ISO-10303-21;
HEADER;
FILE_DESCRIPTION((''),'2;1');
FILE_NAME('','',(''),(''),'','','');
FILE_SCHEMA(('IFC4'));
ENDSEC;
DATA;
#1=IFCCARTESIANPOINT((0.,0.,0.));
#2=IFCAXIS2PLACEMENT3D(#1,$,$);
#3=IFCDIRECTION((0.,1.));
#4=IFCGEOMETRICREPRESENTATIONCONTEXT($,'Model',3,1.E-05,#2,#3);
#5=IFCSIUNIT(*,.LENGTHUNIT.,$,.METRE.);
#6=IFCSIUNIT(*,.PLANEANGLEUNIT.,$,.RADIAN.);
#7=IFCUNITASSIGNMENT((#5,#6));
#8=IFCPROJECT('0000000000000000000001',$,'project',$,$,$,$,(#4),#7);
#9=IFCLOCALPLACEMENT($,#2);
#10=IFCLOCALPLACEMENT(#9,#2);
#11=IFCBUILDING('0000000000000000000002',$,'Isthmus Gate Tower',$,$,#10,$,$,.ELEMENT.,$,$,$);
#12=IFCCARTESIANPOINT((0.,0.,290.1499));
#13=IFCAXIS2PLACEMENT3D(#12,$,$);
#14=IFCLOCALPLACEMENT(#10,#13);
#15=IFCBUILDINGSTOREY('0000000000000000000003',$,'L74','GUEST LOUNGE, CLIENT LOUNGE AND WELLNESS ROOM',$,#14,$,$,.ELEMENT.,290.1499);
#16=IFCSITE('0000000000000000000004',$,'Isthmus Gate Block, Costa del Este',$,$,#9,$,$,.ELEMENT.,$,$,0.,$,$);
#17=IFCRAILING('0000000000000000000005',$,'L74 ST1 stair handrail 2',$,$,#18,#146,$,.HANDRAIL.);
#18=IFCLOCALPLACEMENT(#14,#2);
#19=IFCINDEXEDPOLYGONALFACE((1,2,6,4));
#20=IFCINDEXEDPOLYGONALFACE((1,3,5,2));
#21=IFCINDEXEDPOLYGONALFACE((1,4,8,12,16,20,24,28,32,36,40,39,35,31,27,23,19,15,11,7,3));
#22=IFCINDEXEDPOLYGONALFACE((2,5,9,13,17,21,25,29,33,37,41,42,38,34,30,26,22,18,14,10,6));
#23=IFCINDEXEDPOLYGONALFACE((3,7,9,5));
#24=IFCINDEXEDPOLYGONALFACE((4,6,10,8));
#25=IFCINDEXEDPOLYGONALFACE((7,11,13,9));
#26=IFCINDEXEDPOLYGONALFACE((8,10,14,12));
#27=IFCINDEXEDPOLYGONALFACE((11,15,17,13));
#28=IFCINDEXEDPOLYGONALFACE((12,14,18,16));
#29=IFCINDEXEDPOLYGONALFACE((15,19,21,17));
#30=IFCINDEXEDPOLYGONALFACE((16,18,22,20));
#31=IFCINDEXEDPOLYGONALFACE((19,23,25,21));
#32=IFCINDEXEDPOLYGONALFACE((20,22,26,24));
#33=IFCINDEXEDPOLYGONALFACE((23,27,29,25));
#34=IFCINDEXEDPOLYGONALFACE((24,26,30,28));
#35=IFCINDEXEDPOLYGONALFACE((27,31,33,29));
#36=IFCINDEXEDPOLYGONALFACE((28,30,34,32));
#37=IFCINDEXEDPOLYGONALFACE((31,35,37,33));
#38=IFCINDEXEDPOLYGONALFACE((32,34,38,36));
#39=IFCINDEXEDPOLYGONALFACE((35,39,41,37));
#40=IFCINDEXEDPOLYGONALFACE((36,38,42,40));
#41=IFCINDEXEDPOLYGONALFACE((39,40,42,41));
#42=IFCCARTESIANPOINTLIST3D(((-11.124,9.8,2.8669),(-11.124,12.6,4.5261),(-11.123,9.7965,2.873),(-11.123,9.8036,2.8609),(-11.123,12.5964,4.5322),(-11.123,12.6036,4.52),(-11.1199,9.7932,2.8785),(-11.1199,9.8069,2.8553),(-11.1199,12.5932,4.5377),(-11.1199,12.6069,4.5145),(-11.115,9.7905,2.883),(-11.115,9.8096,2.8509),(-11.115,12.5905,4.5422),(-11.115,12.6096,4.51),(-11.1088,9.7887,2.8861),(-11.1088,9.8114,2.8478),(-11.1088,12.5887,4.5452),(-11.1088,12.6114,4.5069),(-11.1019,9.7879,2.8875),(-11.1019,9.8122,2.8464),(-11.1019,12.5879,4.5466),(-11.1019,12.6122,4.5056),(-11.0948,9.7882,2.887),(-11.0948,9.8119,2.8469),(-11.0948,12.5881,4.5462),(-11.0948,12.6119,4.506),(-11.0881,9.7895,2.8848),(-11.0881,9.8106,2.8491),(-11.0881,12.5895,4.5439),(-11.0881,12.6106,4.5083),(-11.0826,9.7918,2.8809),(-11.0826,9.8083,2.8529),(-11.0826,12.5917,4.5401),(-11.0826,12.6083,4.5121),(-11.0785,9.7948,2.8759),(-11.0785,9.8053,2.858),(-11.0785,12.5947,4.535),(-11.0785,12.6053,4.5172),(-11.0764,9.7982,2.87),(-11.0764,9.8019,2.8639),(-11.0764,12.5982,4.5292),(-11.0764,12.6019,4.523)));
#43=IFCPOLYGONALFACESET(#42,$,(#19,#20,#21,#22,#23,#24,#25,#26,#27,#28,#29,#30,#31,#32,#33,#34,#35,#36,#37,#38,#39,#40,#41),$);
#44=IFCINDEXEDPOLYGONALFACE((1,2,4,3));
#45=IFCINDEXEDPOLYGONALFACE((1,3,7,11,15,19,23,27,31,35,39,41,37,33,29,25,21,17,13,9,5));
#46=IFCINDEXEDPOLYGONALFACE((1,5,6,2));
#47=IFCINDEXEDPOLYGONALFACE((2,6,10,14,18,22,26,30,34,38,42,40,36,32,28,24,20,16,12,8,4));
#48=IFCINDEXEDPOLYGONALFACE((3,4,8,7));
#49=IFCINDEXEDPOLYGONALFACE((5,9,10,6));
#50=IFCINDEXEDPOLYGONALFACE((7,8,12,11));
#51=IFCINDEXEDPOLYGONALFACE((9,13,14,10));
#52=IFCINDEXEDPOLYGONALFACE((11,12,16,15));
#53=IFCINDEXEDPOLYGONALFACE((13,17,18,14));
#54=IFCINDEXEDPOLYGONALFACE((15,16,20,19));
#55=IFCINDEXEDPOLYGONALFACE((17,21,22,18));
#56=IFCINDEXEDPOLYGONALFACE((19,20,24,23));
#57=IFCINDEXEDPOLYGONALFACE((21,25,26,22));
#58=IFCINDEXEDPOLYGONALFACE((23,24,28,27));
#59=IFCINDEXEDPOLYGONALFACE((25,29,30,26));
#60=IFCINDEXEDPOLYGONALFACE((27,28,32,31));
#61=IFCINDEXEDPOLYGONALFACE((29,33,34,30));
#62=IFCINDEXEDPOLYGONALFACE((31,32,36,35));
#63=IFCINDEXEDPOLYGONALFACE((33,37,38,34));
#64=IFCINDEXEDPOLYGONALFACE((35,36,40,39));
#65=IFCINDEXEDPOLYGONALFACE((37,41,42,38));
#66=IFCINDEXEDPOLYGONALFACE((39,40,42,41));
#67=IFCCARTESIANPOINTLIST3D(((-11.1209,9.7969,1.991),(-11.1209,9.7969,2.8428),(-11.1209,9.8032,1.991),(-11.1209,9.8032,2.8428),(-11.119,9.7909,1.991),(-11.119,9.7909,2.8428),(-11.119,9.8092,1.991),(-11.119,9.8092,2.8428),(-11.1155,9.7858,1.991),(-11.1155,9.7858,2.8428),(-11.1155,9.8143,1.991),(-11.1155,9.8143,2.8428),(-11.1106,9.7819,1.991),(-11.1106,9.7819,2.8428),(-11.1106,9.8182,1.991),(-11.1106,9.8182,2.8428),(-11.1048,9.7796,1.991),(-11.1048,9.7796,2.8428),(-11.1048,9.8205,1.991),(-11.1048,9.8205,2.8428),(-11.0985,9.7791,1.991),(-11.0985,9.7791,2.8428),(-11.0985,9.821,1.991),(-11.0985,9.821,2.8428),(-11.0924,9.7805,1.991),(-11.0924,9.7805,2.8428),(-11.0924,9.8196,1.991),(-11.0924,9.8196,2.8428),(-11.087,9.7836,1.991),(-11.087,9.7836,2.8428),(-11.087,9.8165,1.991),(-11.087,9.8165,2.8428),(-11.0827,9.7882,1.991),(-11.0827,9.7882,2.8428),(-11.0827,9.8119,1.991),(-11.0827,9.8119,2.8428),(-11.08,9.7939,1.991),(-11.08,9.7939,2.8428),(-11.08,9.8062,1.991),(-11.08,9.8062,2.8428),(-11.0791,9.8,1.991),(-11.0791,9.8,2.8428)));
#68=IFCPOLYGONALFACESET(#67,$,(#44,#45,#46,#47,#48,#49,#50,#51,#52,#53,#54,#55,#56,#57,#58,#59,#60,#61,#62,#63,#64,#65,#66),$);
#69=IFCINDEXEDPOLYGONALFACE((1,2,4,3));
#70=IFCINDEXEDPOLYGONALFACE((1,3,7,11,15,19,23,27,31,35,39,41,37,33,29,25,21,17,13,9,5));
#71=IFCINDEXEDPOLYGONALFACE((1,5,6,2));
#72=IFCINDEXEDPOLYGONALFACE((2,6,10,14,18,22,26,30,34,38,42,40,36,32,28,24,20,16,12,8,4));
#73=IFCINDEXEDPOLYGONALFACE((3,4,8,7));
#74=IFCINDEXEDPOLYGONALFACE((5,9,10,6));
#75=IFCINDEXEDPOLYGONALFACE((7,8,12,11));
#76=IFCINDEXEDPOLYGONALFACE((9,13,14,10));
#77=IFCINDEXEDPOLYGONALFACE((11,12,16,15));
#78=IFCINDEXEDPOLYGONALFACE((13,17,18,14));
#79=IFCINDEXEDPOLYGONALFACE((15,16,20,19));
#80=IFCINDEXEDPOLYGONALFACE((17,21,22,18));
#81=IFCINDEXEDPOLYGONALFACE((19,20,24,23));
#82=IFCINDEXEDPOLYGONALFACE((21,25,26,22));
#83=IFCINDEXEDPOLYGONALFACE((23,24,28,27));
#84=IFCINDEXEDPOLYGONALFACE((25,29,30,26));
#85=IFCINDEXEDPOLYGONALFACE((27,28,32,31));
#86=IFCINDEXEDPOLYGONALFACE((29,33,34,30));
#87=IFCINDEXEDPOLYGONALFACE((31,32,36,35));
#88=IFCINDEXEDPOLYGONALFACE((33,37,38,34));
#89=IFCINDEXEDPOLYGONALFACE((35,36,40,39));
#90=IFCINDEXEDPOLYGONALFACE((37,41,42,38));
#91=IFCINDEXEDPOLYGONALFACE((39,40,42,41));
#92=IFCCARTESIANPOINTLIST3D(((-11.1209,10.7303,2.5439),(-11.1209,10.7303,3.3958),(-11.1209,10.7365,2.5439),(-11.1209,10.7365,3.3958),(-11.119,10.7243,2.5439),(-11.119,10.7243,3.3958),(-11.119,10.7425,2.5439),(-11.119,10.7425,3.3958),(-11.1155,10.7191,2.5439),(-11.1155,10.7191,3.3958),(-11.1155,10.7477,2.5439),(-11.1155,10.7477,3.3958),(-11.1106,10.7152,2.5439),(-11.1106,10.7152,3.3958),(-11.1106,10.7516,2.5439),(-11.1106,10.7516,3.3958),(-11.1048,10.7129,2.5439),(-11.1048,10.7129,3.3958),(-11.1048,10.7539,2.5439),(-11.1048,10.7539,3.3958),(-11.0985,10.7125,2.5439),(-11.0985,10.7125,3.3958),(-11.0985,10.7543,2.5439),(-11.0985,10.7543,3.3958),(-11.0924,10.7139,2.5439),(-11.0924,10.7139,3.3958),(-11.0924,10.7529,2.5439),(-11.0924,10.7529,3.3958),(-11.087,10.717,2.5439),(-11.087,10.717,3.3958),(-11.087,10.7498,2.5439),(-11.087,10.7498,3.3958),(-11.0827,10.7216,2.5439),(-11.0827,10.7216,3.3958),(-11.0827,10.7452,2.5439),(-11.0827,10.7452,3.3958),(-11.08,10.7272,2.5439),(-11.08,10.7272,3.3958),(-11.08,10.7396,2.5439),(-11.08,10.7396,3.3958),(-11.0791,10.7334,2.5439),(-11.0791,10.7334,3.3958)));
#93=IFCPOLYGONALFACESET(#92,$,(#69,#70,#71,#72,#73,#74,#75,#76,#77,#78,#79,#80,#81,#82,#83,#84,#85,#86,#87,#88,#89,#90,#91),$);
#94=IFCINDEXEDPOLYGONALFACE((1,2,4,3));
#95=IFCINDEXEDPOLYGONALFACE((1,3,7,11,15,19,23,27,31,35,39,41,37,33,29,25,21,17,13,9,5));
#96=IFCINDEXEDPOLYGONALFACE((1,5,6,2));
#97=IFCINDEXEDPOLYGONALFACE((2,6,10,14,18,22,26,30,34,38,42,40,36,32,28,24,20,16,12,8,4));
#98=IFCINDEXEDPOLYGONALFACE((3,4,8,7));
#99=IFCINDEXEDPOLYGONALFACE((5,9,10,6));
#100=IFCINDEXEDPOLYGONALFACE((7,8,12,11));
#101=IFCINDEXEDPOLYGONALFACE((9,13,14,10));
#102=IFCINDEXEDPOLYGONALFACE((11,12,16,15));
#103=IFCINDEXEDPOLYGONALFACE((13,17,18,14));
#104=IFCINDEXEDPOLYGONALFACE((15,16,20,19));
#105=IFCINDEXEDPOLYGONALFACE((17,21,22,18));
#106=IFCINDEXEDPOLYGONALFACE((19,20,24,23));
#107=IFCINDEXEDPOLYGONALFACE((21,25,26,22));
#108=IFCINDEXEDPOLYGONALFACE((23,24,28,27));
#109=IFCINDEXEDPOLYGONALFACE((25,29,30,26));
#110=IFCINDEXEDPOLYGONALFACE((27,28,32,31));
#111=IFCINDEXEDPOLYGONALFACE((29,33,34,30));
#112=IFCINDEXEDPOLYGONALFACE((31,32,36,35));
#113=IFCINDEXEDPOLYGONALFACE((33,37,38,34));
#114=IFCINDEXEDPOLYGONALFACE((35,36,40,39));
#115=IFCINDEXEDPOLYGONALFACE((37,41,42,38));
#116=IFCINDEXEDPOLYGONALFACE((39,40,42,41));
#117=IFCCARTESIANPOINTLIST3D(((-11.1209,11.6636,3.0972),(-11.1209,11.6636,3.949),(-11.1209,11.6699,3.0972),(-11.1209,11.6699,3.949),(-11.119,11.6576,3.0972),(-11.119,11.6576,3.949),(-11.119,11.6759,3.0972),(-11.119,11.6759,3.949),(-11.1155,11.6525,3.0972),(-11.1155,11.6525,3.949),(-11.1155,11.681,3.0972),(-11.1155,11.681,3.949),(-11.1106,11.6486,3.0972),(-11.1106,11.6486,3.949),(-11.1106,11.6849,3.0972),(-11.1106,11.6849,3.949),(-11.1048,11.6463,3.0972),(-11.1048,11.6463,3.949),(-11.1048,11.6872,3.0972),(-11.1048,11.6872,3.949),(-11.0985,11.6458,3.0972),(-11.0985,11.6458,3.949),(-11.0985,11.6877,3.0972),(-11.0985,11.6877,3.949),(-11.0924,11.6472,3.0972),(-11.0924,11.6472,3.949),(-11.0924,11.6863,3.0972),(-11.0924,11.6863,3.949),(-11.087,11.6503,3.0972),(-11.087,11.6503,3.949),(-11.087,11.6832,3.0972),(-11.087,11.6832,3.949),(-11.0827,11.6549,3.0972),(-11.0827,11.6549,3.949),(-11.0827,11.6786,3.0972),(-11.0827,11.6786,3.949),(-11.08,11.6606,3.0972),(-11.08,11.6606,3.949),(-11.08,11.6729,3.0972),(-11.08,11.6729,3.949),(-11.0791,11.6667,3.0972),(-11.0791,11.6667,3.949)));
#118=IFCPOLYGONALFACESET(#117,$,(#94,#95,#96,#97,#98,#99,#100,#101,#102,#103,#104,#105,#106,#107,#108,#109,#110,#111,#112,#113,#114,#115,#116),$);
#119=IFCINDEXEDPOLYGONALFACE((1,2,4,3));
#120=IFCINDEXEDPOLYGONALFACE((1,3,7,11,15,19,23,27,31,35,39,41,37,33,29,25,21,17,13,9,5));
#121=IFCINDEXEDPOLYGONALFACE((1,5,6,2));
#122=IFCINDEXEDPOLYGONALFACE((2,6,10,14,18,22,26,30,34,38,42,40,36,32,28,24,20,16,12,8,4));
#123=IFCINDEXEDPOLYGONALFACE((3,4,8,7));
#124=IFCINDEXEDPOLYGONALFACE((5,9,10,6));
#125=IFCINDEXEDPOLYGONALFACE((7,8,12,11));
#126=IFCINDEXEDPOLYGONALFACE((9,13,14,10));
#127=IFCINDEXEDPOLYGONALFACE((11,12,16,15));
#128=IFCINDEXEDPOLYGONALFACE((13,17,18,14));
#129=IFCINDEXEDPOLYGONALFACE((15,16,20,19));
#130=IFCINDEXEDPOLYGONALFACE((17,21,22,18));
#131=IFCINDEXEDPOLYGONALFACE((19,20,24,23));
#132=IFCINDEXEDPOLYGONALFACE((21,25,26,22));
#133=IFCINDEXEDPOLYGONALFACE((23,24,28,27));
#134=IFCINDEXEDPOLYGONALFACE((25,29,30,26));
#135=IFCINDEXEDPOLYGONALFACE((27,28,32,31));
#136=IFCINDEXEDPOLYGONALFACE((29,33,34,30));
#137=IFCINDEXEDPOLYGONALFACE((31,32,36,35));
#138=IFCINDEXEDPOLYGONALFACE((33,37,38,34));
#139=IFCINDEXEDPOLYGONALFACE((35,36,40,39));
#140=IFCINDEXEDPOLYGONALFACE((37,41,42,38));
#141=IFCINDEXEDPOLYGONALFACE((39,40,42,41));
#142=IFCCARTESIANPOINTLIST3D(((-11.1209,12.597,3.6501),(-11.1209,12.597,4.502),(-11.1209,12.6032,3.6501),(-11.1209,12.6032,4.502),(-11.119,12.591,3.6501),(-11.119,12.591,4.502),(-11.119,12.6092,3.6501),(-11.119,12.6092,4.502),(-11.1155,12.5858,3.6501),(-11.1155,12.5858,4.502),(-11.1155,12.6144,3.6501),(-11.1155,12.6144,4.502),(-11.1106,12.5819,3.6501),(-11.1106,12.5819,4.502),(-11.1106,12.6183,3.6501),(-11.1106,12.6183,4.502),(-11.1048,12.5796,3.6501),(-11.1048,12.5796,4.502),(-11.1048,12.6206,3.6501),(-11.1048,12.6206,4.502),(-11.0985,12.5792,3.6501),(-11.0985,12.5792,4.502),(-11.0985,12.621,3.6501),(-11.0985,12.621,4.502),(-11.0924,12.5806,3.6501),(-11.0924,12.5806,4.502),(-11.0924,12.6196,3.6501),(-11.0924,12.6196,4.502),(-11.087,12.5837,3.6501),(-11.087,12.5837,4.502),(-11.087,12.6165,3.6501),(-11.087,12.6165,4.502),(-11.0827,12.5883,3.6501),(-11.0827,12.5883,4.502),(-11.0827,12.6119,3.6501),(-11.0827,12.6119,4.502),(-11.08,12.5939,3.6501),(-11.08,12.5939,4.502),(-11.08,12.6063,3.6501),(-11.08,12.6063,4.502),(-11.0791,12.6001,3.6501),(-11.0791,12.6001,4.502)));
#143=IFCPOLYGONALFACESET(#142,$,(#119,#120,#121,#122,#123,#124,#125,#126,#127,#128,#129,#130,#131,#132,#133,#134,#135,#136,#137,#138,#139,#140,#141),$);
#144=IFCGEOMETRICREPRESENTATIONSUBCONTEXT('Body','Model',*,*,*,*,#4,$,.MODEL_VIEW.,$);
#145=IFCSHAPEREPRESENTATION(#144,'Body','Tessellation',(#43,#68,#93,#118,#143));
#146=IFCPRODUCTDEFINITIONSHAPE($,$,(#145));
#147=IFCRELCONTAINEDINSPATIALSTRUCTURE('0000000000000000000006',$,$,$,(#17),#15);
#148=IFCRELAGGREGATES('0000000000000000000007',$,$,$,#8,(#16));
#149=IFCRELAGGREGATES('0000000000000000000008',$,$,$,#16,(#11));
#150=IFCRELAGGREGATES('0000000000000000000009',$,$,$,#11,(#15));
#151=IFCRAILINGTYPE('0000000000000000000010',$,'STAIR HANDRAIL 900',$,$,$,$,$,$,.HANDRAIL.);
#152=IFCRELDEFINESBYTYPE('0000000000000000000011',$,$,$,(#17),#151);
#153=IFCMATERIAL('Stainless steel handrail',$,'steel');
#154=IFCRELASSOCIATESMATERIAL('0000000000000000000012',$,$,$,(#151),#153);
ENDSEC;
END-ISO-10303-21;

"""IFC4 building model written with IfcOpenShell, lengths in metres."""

from ifc_helpers import new_model, si_unit, direction, frame, origin, origin_2d, place, context, subcontext, project, spatial, circle, extrude, material, type_object, element, save


model = new_model("IFC4")

# Units and contexts
model_context = context("Model", 3, precision=1e-05, world=origin(), true_north=direction((0.0, 1.0)))
body_context = subcontext(model_context, "Body", "Model", "MODEL_VIEW")
ifc_project = project(units=[si_unit("LENGTHUNIT", "METRE"), si_unit("PLANEANGLEUNIT", "RADIAN")], contexts=[model_context])

# Site, building, storey
site_placement = place(None, origin())
site = spatial("IfcSite", under=ifc_project, at=site_placement, Name="Isthmus Gate Block, Costa del Este", CompositionType="ELEMENT", RefElevation=0.0)
building_placement = place(site_placement, origin())
building = spatial("IfcBuilding", under=site, at=building_placement, Name="Isthmus Gate Tower", CompositionType="ELEMENT")
storey_placement = place(building_placement, frame((0.0, 0.0, 290.1499)))
storey = spatial("IfcBuildingStorey", under=building, at=storey_placement, Name="L74", Description="GUEST LOUNGE, CLIENT LOUNGE AND WELLNESS ROOM", CompositionType="ELEMENT", Elevation=290.1499)

# Railing
ifc_material_1 = material(Name="Stainless steel handrail", Category="steel")
railing_type_1 = type_object("IfcRailingType", Name="STAIR HANDRAIL 900", PredefinedType="HANDRAIL", material=ifc_material_1)
railing_1_placement = place(storey_placement, frame((-11.1001, 9.8, 1.991)))
element("IfcRailing", 1, at=railing_1_placement, inside=storey, type_object=railing_type_1, Name="L74 ST1 stair handrail 2", PredefinedType="HANDRAIL", context=body_context, shape_type="SweptSolid", body=[
    extrude(circle(Radius=0.0239, at=origin_2d()), frame((0.0, 0.0, 0.876), z_axis=(0.0, 0.860306, 0.509778), x_axis=(-1.0, 0.0, 0.0)), (0.0, 0.0, 1.0), 3.2546),
    extrude(circle(Radius=0.021, at=origin_2d()), origin(), (0.0, 0.0, 1.0), 0.8518),
    extrude(circle(Radius=0.021, at=origin_2d()), frame((0.0, 0.9333, 0.553)), (0.0, 0.0, 1.0), 0.8518),
    extrude(circle(Radius=0.021, at=origin_2d()), frame((0.0, 1.8667, 1.1062)), (0.0, 0.0, 1.0), 0.8518),
    extrude(circle(Radius=0.021, at=origin_2d()), frame((0.0, 2.8, 1.6592)), (0.0, 0.0, 1.0), 0.8518),
])

save(model, "model.ifc")
